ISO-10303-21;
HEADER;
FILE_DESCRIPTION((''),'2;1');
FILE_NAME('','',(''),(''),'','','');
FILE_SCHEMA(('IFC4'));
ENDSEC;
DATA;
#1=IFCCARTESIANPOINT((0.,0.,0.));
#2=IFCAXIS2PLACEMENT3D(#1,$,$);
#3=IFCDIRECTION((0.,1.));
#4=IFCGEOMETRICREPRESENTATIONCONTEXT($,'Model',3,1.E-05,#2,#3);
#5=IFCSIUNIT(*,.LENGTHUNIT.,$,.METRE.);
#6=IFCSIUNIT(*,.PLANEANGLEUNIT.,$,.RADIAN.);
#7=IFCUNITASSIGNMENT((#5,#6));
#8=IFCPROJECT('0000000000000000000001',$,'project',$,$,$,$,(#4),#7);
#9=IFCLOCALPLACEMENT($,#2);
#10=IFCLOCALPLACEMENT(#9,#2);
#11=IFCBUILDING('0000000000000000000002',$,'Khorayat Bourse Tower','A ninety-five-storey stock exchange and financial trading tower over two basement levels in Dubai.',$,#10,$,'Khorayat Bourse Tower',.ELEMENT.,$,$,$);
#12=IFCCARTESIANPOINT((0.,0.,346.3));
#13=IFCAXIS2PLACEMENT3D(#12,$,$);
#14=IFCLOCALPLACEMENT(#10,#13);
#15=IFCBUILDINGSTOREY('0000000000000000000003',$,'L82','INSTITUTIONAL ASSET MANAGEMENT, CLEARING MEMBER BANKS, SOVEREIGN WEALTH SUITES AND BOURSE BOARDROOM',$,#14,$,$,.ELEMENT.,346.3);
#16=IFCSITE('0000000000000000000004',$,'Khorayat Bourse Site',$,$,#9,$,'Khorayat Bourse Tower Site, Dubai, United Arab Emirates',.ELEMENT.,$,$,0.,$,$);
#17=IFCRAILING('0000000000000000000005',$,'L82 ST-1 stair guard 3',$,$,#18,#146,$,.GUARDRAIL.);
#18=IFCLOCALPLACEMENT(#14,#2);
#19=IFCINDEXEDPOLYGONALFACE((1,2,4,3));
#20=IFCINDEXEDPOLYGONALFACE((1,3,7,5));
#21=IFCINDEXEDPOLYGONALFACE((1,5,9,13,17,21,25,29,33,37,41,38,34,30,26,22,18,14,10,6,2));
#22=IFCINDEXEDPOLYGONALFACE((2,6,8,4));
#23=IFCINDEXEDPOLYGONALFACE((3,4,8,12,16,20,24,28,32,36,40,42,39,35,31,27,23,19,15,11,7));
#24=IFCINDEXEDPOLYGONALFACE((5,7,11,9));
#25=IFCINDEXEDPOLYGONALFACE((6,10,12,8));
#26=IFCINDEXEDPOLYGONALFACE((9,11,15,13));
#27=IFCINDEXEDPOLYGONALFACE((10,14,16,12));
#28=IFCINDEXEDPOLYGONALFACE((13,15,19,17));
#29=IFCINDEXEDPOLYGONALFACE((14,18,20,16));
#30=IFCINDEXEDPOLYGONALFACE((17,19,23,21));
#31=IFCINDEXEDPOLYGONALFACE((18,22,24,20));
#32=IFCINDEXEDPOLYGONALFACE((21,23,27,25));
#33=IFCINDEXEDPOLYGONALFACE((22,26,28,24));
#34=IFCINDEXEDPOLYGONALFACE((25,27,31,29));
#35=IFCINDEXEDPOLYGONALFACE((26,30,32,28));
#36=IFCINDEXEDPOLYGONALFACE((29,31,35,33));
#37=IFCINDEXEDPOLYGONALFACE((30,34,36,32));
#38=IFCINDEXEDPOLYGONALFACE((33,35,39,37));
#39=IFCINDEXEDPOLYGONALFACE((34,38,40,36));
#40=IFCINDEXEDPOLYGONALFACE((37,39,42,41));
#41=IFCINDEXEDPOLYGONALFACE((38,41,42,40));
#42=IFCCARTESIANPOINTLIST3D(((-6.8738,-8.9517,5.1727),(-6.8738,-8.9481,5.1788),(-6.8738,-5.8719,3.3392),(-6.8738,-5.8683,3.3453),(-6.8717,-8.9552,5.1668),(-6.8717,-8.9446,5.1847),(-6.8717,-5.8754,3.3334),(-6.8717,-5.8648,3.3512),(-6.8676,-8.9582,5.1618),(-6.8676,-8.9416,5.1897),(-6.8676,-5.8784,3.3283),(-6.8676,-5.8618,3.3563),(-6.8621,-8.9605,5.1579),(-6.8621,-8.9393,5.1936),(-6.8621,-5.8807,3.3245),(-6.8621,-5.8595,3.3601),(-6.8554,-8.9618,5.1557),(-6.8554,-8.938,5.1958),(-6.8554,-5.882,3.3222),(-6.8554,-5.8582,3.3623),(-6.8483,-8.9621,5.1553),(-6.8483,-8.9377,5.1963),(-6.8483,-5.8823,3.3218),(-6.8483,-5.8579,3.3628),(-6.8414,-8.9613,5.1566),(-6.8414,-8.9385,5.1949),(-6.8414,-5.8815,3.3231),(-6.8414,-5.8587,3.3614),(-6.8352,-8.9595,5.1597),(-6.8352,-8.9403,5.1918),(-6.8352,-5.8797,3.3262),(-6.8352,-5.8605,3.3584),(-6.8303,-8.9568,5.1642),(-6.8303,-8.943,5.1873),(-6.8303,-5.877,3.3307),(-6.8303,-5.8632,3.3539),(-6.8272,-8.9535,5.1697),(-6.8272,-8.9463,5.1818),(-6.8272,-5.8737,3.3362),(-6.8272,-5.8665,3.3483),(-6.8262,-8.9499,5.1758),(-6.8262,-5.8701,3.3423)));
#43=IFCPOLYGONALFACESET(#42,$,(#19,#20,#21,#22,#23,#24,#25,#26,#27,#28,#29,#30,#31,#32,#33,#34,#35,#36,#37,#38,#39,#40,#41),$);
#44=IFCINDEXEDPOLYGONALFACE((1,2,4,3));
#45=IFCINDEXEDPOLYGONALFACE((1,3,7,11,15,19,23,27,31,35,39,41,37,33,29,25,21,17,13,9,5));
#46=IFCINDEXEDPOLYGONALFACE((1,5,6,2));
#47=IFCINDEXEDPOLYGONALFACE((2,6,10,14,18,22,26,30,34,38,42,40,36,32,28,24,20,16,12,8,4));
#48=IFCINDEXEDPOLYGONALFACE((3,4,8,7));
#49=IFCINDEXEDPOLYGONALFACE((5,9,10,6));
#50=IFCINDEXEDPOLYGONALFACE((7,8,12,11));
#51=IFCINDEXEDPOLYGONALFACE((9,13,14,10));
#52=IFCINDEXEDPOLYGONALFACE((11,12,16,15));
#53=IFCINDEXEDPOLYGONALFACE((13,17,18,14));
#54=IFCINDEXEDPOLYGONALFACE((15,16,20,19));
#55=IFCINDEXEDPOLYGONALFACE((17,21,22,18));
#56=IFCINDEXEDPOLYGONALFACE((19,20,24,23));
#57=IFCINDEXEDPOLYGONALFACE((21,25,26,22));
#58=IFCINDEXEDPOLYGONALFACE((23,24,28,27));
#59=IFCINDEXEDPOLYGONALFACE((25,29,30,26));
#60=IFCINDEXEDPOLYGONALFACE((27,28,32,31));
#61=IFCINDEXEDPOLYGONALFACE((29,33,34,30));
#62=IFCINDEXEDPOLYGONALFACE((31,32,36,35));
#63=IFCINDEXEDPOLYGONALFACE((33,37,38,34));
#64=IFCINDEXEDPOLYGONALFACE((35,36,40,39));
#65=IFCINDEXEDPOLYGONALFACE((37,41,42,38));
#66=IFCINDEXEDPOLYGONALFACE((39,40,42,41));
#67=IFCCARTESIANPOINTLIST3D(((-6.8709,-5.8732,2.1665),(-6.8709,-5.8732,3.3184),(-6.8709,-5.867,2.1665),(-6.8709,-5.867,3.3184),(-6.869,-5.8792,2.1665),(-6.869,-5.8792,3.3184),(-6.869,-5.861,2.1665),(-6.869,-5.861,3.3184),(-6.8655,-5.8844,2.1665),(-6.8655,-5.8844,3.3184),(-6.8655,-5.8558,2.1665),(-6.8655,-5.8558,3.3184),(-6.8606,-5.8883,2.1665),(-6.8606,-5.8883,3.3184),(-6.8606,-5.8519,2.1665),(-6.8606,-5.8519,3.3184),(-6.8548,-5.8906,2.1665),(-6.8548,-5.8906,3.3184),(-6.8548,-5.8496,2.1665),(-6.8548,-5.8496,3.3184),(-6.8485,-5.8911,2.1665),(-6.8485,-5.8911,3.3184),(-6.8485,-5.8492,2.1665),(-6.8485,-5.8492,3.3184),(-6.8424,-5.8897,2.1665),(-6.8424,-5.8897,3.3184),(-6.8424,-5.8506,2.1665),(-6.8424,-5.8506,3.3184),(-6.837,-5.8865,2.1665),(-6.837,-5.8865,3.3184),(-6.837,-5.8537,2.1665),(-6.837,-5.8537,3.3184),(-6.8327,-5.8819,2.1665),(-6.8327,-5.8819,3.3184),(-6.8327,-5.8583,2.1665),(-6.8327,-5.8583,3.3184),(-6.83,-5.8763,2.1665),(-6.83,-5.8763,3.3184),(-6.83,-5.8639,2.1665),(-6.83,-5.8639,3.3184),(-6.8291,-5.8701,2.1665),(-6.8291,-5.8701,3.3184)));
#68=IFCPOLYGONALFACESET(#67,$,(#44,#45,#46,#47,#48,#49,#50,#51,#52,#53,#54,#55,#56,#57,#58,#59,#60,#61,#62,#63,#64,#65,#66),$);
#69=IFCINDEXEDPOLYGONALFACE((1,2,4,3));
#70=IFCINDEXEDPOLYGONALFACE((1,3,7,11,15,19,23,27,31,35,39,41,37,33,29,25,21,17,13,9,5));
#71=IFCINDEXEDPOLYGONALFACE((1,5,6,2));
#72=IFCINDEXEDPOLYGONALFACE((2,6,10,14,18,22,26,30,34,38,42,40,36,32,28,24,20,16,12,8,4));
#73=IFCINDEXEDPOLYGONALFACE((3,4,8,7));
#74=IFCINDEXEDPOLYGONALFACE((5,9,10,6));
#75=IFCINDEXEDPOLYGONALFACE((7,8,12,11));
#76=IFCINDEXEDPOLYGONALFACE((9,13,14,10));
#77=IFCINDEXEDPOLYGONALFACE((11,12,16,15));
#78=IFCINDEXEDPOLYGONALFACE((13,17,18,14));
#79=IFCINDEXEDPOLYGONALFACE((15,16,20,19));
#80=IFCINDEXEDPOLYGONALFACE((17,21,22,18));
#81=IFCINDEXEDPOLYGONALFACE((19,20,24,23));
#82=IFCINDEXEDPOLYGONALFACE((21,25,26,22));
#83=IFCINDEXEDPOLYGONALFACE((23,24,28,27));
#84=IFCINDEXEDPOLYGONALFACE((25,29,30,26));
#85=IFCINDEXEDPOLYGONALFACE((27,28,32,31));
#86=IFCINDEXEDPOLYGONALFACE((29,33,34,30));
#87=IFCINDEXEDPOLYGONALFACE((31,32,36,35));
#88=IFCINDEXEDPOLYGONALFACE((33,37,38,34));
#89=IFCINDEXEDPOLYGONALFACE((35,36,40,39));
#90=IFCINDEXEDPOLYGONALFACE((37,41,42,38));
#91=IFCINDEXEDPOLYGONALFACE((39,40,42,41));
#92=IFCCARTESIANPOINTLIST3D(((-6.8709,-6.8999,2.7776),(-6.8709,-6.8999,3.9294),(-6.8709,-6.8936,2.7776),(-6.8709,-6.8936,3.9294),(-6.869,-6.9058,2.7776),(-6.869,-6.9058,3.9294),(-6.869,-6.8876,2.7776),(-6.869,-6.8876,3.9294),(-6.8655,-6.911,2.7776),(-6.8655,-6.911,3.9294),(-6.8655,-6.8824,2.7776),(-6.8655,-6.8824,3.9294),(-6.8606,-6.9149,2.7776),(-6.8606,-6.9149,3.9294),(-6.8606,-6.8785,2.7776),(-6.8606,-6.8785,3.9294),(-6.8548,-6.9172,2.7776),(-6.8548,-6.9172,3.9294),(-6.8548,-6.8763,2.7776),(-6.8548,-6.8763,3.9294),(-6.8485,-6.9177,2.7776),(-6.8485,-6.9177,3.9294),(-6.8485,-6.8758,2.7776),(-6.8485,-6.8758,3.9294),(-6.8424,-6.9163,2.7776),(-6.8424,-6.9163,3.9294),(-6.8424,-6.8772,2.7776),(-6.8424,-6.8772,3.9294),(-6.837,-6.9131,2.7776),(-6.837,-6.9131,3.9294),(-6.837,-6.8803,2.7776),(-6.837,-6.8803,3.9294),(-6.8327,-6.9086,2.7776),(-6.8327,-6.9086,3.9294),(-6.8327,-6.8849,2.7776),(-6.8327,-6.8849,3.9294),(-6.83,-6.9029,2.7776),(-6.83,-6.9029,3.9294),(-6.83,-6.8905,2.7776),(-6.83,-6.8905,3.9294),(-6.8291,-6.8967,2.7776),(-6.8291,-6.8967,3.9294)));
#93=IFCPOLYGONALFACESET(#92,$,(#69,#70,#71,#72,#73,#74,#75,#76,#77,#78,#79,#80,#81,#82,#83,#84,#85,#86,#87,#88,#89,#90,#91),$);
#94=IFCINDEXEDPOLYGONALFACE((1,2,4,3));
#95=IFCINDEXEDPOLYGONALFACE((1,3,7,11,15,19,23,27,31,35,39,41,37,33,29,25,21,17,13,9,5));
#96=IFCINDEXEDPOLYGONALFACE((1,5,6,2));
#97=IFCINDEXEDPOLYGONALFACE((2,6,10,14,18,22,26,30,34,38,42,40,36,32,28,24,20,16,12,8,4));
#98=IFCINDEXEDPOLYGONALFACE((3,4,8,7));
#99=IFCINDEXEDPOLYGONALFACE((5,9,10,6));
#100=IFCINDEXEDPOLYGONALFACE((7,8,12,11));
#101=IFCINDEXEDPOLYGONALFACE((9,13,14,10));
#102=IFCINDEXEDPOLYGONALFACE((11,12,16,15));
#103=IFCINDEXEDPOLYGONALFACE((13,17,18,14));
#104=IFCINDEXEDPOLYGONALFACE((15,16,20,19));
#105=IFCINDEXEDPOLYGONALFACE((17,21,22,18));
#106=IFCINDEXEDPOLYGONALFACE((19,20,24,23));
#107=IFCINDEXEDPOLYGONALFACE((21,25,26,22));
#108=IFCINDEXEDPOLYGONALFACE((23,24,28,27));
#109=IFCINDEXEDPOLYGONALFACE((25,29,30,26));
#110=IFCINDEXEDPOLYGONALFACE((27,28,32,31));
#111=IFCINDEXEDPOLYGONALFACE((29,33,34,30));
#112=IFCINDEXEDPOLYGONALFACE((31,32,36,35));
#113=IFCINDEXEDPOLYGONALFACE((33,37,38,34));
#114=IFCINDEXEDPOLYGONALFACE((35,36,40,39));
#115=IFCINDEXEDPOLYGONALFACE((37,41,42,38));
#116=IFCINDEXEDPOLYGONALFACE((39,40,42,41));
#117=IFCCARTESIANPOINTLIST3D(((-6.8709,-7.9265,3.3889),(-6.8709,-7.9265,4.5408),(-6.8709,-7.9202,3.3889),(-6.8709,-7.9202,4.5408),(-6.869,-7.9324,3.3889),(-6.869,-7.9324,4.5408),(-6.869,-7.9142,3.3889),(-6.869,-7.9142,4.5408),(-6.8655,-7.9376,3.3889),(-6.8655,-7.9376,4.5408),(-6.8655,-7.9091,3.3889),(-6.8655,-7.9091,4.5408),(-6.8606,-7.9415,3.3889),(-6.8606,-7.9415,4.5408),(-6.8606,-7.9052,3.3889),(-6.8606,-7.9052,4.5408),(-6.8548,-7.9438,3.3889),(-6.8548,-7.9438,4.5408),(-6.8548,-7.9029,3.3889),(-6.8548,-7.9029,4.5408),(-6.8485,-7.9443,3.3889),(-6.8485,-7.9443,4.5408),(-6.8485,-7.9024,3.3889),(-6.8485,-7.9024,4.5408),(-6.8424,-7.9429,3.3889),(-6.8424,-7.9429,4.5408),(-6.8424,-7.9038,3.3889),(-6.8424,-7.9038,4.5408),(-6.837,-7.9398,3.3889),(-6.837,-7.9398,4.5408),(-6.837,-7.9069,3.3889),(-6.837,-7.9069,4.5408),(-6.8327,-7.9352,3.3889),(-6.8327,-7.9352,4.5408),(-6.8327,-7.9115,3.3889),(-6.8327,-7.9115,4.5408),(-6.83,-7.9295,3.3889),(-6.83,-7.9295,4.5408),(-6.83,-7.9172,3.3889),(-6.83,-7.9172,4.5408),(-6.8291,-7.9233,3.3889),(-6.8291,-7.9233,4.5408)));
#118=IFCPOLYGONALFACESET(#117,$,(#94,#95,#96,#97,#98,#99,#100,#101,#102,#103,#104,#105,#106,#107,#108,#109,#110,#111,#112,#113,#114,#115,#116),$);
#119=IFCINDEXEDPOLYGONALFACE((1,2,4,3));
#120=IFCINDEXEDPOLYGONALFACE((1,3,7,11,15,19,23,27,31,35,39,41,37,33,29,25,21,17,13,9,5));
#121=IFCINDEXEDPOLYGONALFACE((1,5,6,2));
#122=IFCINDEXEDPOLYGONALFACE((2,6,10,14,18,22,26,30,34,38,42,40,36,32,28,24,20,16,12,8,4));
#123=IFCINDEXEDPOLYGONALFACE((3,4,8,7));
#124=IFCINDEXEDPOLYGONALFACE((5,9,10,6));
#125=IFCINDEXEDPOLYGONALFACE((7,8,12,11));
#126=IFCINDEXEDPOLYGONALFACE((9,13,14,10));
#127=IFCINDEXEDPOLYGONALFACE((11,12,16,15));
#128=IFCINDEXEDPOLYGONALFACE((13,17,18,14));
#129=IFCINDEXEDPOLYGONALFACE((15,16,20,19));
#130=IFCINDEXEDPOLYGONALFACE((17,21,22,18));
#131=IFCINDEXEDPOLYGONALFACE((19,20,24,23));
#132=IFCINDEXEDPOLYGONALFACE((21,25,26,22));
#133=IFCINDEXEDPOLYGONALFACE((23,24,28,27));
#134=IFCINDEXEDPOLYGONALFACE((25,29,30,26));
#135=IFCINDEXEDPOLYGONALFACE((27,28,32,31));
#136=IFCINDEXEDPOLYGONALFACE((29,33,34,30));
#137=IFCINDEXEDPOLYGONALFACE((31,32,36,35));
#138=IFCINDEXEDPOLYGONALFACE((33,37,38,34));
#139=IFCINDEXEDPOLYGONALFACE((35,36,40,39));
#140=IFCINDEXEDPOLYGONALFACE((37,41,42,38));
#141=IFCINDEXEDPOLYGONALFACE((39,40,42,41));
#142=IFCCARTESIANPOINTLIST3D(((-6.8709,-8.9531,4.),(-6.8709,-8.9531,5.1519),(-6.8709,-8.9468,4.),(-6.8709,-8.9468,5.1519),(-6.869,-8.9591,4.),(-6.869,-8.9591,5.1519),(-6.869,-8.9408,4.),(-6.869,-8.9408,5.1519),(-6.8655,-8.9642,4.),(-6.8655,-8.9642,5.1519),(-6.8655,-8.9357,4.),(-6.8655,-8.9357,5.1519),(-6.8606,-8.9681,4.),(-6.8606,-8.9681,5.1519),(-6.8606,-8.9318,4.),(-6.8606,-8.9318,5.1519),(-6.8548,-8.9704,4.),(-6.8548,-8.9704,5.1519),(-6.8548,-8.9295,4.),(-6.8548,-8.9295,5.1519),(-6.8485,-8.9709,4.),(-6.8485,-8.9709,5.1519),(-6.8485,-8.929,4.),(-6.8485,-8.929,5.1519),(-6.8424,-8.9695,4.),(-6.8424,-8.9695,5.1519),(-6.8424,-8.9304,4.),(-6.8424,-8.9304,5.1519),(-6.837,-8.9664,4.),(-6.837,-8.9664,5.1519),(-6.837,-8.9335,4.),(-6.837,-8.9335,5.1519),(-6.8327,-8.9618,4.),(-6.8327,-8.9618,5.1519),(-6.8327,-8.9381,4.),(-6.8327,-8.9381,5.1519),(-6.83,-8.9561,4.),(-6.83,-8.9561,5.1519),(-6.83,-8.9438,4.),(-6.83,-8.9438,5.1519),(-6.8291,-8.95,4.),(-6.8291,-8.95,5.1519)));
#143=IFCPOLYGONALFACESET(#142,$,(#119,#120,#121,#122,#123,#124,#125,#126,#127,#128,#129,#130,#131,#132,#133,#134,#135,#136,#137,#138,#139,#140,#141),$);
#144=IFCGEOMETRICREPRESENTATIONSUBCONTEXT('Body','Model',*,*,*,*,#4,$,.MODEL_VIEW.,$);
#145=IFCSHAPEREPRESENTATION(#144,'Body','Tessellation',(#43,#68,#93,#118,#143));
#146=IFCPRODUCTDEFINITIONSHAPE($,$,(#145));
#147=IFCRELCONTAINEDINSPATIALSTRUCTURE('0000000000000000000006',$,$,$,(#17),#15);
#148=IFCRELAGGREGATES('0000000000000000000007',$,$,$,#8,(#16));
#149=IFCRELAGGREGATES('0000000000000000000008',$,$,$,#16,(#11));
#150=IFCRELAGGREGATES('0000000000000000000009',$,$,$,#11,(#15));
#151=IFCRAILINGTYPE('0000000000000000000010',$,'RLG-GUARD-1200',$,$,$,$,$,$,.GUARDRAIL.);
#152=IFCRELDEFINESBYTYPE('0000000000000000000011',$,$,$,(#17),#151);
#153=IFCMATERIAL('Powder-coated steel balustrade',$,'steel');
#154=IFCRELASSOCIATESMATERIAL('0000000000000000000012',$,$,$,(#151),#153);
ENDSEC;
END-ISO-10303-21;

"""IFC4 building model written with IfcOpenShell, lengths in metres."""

from ifc_helpers import new_model, si_unit, direction, frame, origin, origin_2d, place, context, subcontext, project, spatial, circle, extrude, source, transform, mapped, material, type_object, element, save


model = new_model("IFC4")

# Units and contexts
model_context = context("Model", 3, precision=1e-05, world=origin(), true_north=direction((0.0, 1.0)))
body_context = subcontext(model_context, "Body", "Model", "MODEL_VIEW")
ifc_project = project(units=[si_unit("LENGTHUNIT", "METRE"), si_unit("PLANEANGLEUNIT", "RADIAN")], contexts=[model_context])

# Site, building, storey
site_placement = place(None, origin())
site = spatial("IfcSite", under=ifc_project, at=site_placement, Name="Khorayat Bourse Site", LongName="Khorayat Bourse Tower Site, Dubai, United Arab Emirates", CompositionType="ELEMENT", RefElevation=0.0)
building_placement = place(site_placement, origin())
building = spatial("IfcBuilding", under=site, at=building_placement, Name="Khorayat Bourse Tower", Description="A ninety-five-storey stock exchange and financial trading tower over two basement levels in Dubai.", LongName="Khorayat Bourse Tower", CompositionType="ELEMENT")
storey_placement = place(building_placement, frame((0.0, 0.0, 346.3)))
storey = spatial("IfcBuildingStorey", under=building, at=storey_placement, Name="L82", Description="INSTITUTIONAL ASSET MANAGEMENT, CLEARING MEMBER BANKS, SOVEREIGN WEALTH SUITES AND BOURSE BOARDROOM", CompositionType="ELEMENT", Elevation=346.3)

# Railing
ifc_material_1 = material(Name="Powder-coated steel balustrade", Category="steel")
railing_type_1 = type_object("IfcRailingType", Name="RLG-GUARD-1200", PredefinedType="GUARDRAIL", material=ifc_material_1)
shared_shape_1 = source(origin(), body_context, "Body", "SweptSolid", [
    extrude(circle(Radius=0.0239, at=origin_2d()), frame((0.0, 0.0, 1.1758), z_axis=(0.0, -0.859261, 0.511538), x_axis=(1.0, 0.0, 0.0)), (0.0, 0.0, 1.0), 3.5842),
    extrude(circle(Radius=0.021, at=origin_2d()), origin(), (0.0, 0.0, 1.0), 1.1519),
    extrude(circle(Radius=0.021, at=origin_2d()), frame((0.0, -1.0266, 0.6111)), (0.0, 0.0, 1.0), 1.1519),
    extrude(circle(Radius=0.021, at=origin_2d()), frame((0.0, -2.0532, 1.2224)), (0.0, 0.0, 1.0), 1.1519),
    extrude(circle(Radius=0.021, at=origin_2d()), frame((0.0, -3.0798, 1.8335)), (0.0, 0.0, 1.0), 1.1519),
])
railing_1_placement = place(storey_placement, frame((-6.8501, -5.8701, 2.1665)))
element("IfcRailing", 1, at=railing_1_placement, inside=storey, type_object=railing_type_1, Name="L82 ST-1 stair guard 3", PredefinedType="GUARDRAIL", context=body_context, shape_type="MappedRepresentation", body=[
    mapped(shared_shape_1, transform((0.0, 0.0, 0.0), scale=1.0)),
])

save(model, "model.ifc")
